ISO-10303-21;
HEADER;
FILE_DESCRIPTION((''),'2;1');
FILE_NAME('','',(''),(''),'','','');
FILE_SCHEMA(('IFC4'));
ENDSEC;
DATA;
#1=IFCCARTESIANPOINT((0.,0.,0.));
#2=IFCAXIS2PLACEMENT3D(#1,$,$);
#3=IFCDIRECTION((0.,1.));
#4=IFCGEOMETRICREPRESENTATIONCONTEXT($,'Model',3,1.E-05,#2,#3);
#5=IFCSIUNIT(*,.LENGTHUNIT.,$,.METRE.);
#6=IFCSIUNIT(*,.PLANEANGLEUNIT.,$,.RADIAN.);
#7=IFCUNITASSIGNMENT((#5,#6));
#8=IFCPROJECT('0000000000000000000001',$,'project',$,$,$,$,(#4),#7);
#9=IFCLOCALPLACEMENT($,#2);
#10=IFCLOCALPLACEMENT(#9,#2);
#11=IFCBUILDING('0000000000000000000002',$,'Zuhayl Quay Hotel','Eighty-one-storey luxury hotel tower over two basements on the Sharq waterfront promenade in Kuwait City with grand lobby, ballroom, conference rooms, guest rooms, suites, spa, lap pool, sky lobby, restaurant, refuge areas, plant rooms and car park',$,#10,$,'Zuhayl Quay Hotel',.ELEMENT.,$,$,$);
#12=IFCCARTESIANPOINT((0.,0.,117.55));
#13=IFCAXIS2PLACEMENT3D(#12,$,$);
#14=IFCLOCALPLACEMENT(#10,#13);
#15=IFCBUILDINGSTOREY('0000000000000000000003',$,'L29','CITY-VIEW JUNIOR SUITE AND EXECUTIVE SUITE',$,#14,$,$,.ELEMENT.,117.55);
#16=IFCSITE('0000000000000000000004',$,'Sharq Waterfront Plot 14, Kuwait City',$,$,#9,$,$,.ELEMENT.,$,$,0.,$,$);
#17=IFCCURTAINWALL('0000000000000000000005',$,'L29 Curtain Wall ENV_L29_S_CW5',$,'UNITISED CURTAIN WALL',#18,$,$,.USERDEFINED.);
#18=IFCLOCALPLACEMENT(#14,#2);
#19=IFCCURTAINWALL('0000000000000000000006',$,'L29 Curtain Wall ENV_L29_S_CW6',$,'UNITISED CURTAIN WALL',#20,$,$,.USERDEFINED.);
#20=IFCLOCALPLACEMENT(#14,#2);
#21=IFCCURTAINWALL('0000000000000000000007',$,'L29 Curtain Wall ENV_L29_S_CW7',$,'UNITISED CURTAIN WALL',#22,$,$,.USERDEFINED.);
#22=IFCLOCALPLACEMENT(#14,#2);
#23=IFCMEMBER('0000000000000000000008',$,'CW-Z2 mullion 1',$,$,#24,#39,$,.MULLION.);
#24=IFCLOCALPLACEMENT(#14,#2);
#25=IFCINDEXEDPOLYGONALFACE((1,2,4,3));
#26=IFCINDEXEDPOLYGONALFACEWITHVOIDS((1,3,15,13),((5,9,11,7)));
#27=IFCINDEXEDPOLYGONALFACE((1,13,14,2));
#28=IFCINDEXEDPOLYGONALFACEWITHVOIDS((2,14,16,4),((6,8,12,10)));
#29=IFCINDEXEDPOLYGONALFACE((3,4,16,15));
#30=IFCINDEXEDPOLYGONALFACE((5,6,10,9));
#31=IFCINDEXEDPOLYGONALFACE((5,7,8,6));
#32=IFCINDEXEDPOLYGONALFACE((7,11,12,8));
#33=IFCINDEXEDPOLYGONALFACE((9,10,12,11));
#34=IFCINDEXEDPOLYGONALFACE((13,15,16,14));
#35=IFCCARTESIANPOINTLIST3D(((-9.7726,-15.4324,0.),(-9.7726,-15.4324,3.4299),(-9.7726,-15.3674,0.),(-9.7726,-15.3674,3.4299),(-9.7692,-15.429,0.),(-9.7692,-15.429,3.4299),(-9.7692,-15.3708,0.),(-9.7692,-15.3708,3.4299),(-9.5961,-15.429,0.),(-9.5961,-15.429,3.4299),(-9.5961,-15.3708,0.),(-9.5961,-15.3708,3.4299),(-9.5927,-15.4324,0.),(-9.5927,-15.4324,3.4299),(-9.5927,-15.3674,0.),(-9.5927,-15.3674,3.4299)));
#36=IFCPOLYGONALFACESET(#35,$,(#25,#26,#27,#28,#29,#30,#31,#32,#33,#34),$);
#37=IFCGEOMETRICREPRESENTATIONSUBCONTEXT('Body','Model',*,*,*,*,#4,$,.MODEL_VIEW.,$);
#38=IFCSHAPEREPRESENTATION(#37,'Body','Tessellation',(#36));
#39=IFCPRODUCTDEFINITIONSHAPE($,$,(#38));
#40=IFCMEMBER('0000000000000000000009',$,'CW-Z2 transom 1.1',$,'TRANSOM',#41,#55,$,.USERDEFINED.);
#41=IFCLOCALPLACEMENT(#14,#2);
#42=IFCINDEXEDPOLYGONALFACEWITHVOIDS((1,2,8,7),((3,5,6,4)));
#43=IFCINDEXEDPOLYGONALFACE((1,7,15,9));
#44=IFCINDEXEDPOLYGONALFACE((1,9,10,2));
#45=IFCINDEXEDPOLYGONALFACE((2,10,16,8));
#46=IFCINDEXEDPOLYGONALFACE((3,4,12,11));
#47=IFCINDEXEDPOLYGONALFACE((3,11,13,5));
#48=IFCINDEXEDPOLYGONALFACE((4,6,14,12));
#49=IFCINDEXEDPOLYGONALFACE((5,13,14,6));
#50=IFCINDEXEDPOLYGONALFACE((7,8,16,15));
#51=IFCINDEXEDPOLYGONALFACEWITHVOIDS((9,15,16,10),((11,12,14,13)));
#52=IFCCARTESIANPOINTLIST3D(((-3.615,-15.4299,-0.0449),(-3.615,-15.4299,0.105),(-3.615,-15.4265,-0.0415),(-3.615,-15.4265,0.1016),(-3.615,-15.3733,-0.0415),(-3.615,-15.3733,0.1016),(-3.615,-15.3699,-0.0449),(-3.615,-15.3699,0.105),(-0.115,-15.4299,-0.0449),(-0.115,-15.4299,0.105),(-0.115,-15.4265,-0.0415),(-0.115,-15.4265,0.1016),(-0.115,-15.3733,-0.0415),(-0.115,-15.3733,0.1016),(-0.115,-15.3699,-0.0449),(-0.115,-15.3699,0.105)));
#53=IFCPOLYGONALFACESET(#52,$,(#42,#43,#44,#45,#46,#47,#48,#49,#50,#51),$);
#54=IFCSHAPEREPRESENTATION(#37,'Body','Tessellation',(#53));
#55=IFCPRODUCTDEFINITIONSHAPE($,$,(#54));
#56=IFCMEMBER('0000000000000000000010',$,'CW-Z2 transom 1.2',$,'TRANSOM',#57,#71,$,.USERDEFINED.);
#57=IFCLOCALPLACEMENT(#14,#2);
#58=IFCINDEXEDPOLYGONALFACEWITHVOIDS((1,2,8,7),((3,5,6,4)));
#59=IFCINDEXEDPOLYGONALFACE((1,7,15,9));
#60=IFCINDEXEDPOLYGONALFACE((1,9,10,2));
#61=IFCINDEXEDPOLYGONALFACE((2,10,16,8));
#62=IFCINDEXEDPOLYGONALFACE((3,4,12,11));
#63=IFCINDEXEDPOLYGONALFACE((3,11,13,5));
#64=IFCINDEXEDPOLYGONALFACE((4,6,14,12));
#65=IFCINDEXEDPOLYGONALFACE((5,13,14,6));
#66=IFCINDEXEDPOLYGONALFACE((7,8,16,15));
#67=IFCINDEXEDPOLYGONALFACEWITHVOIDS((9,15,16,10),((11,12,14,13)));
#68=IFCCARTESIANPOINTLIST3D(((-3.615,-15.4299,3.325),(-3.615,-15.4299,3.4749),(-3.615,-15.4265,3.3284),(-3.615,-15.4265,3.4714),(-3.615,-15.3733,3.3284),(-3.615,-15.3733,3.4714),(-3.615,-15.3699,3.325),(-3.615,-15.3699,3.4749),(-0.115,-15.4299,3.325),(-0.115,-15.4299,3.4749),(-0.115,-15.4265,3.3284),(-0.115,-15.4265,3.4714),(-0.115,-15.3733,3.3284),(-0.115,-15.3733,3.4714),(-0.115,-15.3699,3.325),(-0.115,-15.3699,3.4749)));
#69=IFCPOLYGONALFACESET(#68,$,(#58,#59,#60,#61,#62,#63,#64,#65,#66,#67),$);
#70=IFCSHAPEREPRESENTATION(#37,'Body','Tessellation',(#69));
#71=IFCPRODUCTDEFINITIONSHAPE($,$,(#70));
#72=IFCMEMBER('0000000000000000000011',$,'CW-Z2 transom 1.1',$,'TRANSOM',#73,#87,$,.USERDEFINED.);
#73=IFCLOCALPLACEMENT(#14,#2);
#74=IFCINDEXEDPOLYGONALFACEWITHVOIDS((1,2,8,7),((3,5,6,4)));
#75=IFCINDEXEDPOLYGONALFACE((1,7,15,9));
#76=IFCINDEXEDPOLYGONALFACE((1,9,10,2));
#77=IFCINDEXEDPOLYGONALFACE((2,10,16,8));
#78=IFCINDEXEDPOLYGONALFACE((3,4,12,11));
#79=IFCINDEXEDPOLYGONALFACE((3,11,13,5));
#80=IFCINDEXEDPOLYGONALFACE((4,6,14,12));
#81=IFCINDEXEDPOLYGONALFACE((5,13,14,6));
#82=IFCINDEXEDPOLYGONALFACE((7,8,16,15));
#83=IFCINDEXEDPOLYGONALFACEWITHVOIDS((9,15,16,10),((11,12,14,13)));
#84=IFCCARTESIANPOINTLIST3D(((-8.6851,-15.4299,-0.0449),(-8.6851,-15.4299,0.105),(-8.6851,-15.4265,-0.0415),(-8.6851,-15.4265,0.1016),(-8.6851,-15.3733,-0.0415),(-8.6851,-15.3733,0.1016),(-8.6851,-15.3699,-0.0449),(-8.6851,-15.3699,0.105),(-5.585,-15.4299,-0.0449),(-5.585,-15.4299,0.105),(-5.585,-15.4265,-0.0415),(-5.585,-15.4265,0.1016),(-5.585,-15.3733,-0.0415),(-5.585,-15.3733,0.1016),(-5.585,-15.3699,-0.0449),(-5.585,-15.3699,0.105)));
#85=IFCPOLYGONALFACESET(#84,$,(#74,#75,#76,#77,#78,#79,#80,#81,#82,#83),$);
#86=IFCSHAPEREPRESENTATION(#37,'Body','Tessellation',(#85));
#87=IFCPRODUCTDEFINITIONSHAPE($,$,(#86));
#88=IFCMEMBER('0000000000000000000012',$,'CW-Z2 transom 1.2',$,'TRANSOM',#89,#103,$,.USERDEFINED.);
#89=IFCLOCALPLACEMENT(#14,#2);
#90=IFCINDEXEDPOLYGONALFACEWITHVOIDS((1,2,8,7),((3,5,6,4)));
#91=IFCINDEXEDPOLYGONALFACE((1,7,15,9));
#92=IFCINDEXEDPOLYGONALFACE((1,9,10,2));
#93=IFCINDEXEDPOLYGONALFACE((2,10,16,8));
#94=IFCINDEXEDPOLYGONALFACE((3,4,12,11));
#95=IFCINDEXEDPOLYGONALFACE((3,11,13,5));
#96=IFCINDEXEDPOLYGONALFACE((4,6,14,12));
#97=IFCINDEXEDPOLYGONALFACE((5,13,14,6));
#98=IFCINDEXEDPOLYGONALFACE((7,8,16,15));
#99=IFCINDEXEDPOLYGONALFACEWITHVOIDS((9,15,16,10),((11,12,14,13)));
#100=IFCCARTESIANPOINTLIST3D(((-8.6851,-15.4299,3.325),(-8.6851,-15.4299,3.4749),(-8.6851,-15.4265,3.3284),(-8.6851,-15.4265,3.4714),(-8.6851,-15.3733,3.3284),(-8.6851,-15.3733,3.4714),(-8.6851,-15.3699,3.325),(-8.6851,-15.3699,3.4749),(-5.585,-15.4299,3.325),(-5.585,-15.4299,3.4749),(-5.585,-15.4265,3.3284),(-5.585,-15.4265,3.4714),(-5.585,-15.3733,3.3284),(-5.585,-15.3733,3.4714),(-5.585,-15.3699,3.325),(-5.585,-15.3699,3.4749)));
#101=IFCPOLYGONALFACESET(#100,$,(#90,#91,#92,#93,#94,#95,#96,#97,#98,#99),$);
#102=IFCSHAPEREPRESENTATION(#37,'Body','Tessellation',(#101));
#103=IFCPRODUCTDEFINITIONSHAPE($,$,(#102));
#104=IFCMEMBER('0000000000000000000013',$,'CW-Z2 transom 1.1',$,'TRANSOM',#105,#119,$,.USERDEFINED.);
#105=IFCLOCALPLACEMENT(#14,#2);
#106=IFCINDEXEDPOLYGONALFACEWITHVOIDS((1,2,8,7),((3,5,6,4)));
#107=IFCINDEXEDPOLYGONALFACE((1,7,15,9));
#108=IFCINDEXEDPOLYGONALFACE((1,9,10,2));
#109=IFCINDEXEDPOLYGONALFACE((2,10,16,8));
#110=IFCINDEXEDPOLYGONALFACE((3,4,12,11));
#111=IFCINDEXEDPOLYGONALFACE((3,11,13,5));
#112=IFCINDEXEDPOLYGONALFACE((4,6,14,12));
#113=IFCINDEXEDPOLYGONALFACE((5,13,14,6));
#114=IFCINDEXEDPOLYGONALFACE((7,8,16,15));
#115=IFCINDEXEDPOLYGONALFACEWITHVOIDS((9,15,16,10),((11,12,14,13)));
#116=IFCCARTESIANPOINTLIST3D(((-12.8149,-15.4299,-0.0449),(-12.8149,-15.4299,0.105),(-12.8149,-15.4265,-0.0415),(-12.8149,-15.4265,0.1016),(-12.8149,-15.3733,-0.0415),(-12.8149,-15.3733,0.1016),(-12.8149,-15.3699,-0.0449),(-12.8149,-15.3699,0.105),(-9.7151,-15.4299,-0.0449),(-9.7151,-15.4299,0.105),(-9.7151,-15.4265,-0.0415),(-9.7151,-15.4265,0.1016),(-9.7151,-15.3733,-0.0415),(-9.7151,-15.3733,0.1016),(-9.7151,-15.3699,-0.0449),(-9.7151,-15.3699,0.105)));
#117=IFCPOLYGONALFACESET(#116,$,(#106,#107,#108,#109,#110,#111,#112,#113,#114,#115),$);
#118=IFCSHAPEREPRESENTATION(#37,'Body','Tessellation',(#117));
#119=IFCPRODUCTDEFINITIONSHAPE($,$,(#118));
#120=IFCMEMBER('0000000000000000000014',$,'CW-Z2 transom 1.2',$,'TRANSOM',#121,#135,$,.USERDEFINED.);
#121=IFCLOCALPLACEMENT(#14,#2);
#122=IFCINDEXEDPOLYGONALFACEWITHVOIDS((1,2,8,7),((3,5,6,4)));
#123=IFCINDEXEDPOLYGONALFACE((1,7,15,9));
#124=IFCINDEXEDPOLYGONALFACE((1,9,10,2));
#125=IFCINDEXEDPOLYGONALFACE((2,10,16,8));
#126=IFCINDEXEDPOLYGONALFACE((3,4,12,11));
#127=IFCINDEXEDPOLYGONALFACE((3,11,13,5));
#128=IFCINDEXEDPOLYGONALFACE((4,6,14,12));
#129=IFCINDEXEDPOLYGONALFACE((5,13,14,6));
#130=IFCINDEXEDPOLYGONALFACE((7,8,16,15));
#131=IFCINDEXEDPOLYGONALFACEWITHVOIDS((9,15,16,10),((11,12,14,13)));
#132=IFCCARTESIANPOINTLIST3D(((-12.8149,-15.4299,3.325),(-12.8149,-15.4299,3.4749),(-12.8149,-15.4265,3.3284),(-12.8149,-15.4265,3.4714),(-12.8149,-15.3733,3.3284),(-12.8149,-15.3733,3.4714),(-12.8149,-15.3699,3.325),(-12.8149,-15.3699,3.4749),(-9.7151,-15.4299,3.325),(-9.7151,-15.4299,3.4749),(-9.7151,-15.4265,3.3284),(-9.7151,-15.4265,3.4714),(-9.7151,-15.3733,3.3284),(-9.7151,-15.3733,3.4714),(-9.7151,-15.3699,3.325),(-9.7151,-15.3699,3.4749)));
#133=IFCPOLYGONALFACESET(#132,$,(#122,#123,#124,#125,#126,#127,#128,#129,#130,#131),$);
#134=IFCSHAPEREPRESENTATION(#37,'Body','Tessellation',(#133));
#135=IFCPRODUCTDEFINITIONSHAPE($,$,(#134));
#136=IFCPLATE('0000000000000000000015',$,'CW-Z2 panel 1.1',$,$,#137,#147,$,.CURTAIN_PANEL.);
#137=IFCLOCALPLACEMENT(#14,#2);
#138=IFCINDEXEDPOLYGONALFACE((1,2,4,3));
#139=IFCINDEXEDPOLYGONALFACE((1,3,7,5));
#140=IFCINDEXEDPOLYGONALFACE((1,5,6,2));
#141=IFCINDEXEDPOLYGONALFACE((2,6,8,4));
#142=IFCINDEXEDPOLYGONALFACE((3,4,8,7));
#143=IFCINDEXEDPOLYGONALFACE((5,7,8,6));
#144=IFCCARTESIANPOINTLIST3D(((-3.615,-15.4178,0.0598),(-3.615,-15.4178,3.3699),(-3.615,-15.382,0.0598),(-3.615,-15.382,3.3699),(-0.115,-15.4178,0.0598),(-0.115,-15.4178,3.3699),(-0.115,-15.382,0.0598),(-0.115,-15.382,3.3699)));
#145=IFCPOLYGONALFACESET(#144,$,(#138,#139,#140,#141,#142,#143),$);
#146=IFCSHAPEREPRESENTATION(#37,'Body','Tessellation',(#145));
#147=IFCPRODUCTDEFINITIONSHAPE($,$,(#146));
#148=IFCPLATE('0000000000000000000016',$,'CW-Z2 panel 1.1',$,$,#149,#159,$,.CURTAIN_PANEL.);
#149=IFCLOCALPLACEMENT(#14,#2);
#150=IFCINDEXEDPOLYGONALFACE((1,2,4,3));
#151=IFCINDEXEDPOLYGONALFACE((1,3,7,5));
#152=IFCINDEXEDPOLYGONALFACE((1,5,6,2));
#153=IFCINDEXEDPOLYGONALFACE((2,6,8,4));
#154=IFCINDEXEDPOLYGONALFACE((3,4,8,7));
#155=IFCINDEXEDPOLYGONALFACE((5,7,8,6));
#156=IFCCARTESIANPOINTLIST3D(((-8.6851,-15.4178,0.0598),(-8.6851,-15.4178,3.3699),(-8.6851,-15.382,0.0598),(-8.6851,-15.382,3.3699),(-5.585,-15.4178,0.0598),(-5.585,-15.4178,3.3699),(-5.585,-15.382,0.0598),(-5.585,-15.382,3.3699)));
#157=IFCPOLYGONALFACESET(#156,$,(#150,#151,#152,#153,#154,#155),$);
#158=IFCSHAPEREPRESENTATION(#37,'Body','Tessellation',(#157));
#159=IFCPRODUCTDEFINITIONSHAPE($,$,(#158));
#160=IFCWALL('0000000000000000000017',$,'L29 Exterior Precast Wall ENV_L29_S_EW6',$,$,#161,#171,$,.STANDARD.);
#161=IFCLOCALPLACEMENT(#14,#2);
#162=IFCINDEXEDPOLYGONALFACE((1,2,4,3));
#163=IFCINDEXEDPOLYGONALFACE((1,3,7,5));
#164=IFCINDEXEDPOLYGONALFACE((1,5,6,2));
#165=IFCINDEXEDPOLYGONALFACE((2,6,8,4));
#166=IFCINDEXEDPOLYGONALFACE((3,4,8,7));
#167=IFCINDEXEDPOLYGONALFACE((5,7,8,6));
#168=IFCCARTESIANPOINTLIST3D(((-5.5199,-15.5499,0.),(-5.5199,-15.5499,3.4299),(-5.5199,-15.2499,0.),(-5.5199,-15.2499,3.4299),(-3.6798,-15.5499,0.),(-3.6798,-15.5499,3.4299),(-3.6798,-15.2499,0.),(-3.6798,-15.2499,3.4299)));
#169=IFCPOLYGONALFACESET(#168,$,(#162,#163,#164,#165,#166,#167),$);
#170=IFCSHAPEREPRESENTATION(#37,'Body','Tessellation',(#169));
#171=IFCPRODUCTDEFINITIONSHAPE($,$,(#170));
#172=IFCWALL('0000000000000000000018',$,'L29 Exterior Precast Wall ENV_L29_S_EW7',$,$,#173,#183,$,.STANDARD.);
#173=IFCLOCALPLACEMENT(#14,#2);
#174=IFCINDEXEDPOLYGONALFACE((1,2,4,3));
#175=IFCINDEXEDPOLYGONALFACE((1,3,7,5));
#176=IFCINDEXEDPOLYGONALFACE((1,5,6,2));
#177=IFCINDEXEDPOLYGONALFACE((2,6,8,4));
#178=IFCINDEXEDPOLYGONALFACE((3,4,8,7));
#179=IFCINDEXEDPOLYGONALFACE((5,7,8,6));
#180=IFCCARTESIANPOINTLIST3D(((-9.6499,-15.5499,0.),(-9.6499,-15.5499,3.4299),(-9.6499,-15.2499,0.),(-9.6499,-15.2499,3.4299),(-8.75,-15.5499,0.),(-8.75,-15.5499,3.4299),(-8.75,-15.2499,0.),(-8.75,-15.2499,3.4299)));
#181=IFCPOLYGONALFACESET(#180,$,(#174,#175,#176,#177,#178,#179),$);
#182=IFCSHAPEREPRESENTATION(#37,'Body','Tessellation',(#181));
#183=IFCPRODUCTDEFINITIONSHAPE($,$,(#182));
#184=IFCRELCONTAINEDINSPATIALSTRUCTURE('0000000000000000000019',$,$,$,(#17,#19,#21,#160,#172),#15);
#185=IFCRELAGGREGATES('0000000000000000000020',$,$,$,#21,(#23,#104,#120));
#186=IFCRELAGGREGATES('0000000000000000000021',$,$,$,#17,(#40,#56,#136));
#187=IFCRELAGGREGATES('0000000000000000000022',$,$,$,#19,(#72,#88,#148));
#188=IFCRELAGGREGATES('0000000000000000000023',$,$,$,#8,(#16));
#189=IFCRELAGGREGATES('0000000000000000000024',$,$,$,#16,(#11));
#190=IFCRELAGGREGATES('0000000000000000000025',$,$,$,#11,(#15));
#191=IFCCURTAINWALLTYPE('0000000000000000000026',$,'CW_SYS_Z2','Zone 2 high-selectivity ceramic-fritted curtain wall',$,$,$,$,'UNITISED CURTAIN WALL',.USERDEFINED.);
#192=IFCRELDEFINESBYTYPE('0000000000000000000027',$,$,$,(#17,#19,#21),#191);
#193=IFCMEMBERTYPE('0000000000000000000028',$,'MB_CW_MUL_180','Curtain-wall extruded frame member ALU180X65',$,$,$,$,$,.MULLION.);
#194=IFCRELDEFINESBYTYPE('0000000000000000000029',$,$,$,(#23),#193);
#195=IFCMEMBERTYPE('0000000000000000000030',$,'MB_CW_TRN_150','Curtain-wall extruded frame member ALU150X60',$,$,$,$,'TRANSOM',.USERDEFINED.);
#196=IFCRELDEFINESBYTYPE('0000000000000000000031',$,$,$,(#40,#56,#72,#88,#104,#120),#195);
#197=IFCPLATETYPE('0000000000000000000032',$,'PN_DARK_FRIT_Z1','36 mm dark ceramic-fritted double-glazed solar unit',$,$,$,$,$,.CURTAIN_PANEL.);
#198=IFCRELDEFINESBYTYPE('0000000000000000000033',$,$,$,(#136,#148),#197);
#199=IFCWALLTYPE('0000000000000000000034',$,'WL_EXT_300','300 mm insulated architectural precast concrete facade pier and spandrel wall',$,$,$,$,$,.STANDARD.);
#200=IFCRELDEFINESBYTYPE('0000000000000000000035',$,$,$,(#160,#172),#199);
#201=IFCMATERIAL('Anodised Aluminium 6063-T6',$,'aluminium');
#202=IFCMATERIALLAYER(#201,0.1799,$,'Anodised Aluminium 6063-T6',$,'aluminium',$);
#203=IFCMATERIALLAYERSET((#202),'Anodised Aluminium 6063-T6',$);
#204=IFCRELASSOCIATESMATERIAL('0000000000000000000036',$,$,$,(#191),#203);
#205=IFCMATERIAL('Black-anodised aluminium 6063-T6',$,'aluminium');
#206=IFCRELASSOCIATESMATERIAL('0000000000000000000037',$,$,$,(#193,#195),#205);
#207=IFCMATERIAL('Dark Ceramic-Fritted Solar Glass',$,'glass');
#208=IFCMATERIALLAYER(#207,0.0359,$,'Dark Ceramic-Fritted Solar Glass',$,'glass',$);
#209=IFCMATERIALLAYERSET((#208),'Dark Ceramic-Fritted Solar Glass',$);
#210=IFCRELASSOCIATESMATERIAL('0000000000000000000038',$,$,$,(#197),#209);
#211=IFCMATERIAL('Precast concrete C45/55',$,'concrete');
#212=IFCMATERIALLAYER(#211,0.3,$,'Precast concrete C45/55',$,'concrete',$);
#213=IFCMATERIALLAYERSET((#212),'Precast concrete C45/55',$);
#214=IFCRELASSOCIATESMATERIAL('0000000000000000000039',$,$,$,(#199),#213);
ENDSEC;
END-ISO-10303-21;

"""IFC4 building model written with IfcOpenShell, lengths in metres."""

from ifc_helpers import new_model, si_unit, direction, frame, frame_2d, origin, origin_2d, place, context, subcontext, project, spatial, rectangle, hollow_rectangle, extrude, material, layer, layer_set, material_profile, profile_set, type_object, element, aggregate, save


model = new_model("IFC4")

# Units and contexts
model_context = context("Model", 3, precision=1e-05, world=origin(), true_north=direction((0.0, 1.0)))
body_context = subcontext(model_context, "Body", "Model", "MODEL_VIEW")
ifc_project = project(units=[si_unit("LENGTHUNIT", "METRE"), si_unit("PLANEANGLEUNIT", "RADIAN")], contexts=[model_context])

# Site, building, storey
site_placement = place(None, origin())
site = spatial("IfcSite", under=ifc_project, at=site_placement, Name="Sharq Waterfront Plot 14, Kuwait City", CompositionType="ELEMENT", RefElevation=0.0)
building_placement = place(site_placement, origin())
building = spatial("IfcBuilding", under=site, at=building_placement, Name="Zuhayl Quay Hotel", Description="Eighty-one-storey luxury hotel tower over two basements on the Sharq waterfront promenade in Kuwait City with grand lobby, ballroom, conference rooms, guest rooms, suites, spa, lap pool, sky lobby, restaurant, refuge areas, plant rooms and car park", LongName="Zuhayl Quay Hotel", CompositionType="ELEMENT")
storey_placement = place(building_placement, frame((0.0, 0.0, 117.55)))
storey = spatial("IfcBuildingStorey", under=building, at=storey_placement, Name="L29", Description="CITY-VIEW JUNIOR SUITE AND EXECUTIVE SUITE", CompositionType="ELEMENT", Elevation=117.55)

# Curtain walls
ifc_material_1 = material(Name="Anodised Aluminium 6063-T6", Category="aluminium")
ifc_layer_1 = layer(ifc_material_1, 0.1799, Name="Anodised Aluminium 6063-T6", Category="aluminium")
ifc_layer_set_1 = layer_set([ifc_layer_1], Name="Anodised Aluminium 6063-T6")
curtain_wall_type = type_object("IfcCurtainWallType", Name="CW_SYS_Z2", Description="Zone 2 high-selectivity ceramic-fritted curtain wall", ElementType="UNITISED CURTAIN WALL", PredefinedType="USERDEFINED", material=ifc_layer_set_1)
curtain_wall_1_placement = place(storey_placement, origin())
curtain_wall_1 = element("IfcCurtainWall", 1, at=curtain_wall_1_placement, inside=storey, type_object=curtain_wall_type, Name="L29 Curtain Wall ENV_L29_S_CW5", ObjectType="UNITISED CURTAIN WALL", PredefinedType="USERDEFINED")
ifc_material_2 = material(Name="Black-anodised aluminium 6063-T6", Category="aluminium")
ifc_material_profile_1 = material_profile(ifc_material_2, hollow_rectangle(XDim=0.0649, YDim=0.1799, WallThickness=0.0034, at=origin_2d()), Name="ALU180X65")
ifc_profile_set_1 = profile_set([ifc_material_profile_1], Name="Black-anodised aluminium 6063-T6")
member_type_1 = type_object("IfcMemberType", Name="MB_CW_MUL_180", Description="Curtain-wall extruded frame member ALU180X65", PredefinedType="MULLION", material=ifc_profile_set_1)
curtain_wall_2_placement = place(storey_placement, origin())
curtain_wall_2 = element("IfcCurtainWall", 2, at=curtain_wall_2_placement, inside=storey, type_object=curtain_wall_type, Name="L29 Curtain Wall ENV_L29_S_CW6", ObjectType="UNITISED CURTAIN WALL", PredefinedType="USERDEFINED")

# Curtain wall, member
curtain_wall_3_placement = place(storey_placement, origin())
curtain_wall_3 = element("IfcCurtainWall", 3, at=curtain_wall_3_placement, inside=storey, type_object=curtain_wall_type, Name="L29 Curtain Wall ENV_L29_S_CW7", ObjectType="UNITISED CURTAIN WALL", PredefinedType="USERDEFINED")
member_1_placement = place(storey_placement, frame((-9.6826, -15.3999, 0.0), z_axis=(0.0, 0.0, 1.0), x_axis=(0.0, -1.0, 0.0)))
member_1 = element("IfcMember", 4, at=member_1_placement, type_object=member_type_1, Name="CW-Z2 mullion 1", PredefinedType="MULLION", context=body_context, shape_type="SweptSolid", body=[
    extrude(hollow_rectangle(XDim=0.0649, YDim=0.1799, WallThickness=0.0034, at=origin_2d()), origin(), (0.0, 0.0, 1.0), 3.4299),
])

# Members
ifc_material_profile_2 = material_profile(ifc_material_2, hollow_rectangle(XDim=0.0601, YDim=0.1499, WallThickness=0.0034, at=origin_2d()), Name="ALU150X60")
ifc_profile_set_2 = profile_set([ifc_material_profile_2], Name="Black-anodised aluminium 6063-T6")
member_type_2 = type_object("IfcMemberType", Name="MB_CW_TRN_150", Description="Curtain-wall extruded frame member ALU150X60", ElementType="TRANSOM", PredefinedType="USERDEFINED", material=ifc_profile_set_2)
member_2_placement = place(storey_placement, frame((-0.115, -15.3999, 0.03), z_axis=(-1.0, 0.0, 0.0), x_axis=(0.0, -1.0, 0.0)))
member_2 = element("IfcMember", 5, at=member_2_placement, type_object=member_type_2, Name="CW-Z2 transom 1.1", ObjectType="TRANSOM", PredefinedType="USERDEFINED", context=body_context, shape_type="SweptSolid", body=[
    extrude(hollow_rectangle(XDim=0.0601, YDim=0.1499, WallThickness=0.0034, at=origin_2d()), origin(), (0.0, 0.0, 1.0), 3.5),
])
member_3_placement = place(storey_placement, frame((-0.115, -15.3999, 3.3999), z_axis=(-1.0, 0.0, 0.0), x_axis=(0.0, -1.0, 0.0)))
member_3 = element("IfcMember", 6, at=member_3_placement, type_object=member_type_2, Name="CW-Z2 transom 1.2", ObjectType="TRANSOM", PredefinedType="USERDEFINED", context=body_context, shape_type="SweptSolid", body=[
    extrude(hollow_rectangle(XDim=0.0601, YDim=0.1499, WallThickness=0.0034, at=origin_2d()), origin(), (0.0, 0.0, 1.0), 3.5),
])
member_4_placement = place(storey_placement, frame((-5.585, -15.3999, 0.03), z_axis=(-1.0, 0.0, 0.0), x_axis=(0.0, -1.0, 0.0)))
member_4 = element("IfcMember", 7, at=member_4_placement, type_object=member_type_2, Name="CW-Z2 transom 1.1", ObjectType="TRANSOM", PredefinedType="USERDEFINED", context=body_context, shape_type="SweptSolid", body=[
    extrude(hollow_rectangle(XDim=0.0601, YDim=0.1499, WallThickness=0.0034, at=origin_2d()), origin(), (0.0, 0.0, 1.0), 3.1001),
])
member_5_placement = place(storey_placement, frame((-5.585, -15.3999, 3.3999), z_axis=(-1.0, 0.0, 0.0), x_axis=(0.0, -1.0, 0.0)))
member_5 = element("IfcMember", 8, at=member_5_placement, type_object=member_type_2, Name="CW-Z2 transom 1.2", ObjectType="TRANSOM", PredefinedType="USERDEFINED", context=body_context, shape_type="SweptSolid", body=[
    extrude(hollow_rectangle(XDim=0.0601, YDim=0.1499, WallThickness=0.0034, at=origin_2d()), origin(), (0.0, 0.0, 1.0), 3.1001),
])
member_6_placement = place(storey_placement, frame((-9.7151, -15.3999, 0.03), z_axis=(-1.0, 0.0, 0.0), x_axis=(0.0, -1.0, 0.0)))
member_6 = element("IfcMember", 9, at=member_6_placement, type_object=member_type_2, Name="CW-Z2 transom 1.1", ObjectType="TRANSOM", PredefinedType="USERDEFINED", context=body_context, shape_type="SweptSolid", body=[
    extrude(hollow_rectangle(XDim=0.0601, YDim=0.1499, WallThickness=0.0034, at=origin_2d()), origin(), (0.0, 0.0, 1.0), 3.0999),
])
member_7_placement = place(storey_placement, frame((-9.7151, -15.3999, 3.3999), z_axis=(-1.0, 0.0, 0.0), x_axis=(0.0, -1.0, 0.0)))
member_7 = element("IfcMember", 10, at=member_7_placement, type_object=member_type_2, Name="CW-Z2 transom 1.2", ObjectType="TRANSOM", PredefinedType="USERDEFINED", context=body_context, shape_type="SweptSolid", body=[
    extrude(hollow_rectangle(XDim=0.0601, YDim=0.1499, WallThickness=0.0034, at=origin_2d()), origin(), (0.0, 0.0, 1.0), 3.0999),
])
aggregate(curtain_wall_3, [member_1, member_6, member_7])

# Plates
ifc_material_3 = material(Name="Dark Ceramic-Fritted Solar Glass", Category="glass")
ifc_layer_2 = layer(ifc_material_3, 0.0359, Name="Dark Ceramic-Fritted Solar Glass", Category="glass")
ifc_layer_set_2 = layer_set([ifc_layer_2], Name="Dark Ceramic-Fritted Solar Glass")
plate_type = type_object("IfcPlateType", Name="PN_DARK_FRIT_Z1", Description="36 mm dark ceramic-fritted double-glazed solar unit", PredefinedType="CURTAIN_PANEL", material=ifc_layer_set_2)
plate_1_placement = place(storey_placement, frame((-1.865, -15.3999, 0.0598), z_axis=(0.0, 0.0, 1.0), x_axis=(-1.0, 0.0, 0.0)))
plate_1 = element("IfcPlate", 11, at=plate_1_placement, type_object=plate_type, Name="CW-Z2 panel 1.1", PredefinedType="CURTAIN_PANEL", context=body_context, shape_type="SweptSolid", body=[
    extrude(rectangle(XDim=3.5, YDim=0.0359, at=origin_2d()), origin(), (0.0, 0.0, 1.0), 3.3101),
])
aggregate(curtain_wall_1, [member_2, member_3, plate_1])
plate_2_placement = place(storey_placement, frame((-7.135, -15.3999, 0.0598), z_axis=(0.0, 0.0, 1.0), x_axis=(-1.0, 0.0, 0.0)))
plate_2 = element("IfcPlate", 12, at=plate_2_placement, type_object=plate_type, Name="CW-Z2 panel 1.1", PredefinedType="CURTAIN_PANEL", context=body_context, shape_type="SweptSolid", body=[
    extrude(rectangle(XDim=3.1001, YDim=0.0359, at=origin_2d()), origin(), (0.0, 0.0, 1.0), 3.3101),
])
aggregate(curtain_wall_2, [member_4, member_5, plate_2])

# Walls
ifc_material_4 = material(Name="Precast concrete C45/55", Category="concrete")
ifc_layer_3 = layer(ifc_material_4, 0.3, Name="Precast concrete C45/55", Category="concrete")
ifc_layer_set_3 = layer_set([ifc_layer_3], Name="Precast concrete C45/55")
wall_type_1 = type_object("IfcWallType", Name="WL_EXT_300", Description="300 mm insulated architectural precast concrete facade pier and spandrel wall", PredefinedType="STANDARD", material=ifc_layer_set_3)
wall_1_placement = place(storey_placement, frame((-3.6799, -15.3999, 0.0), z_axis=(0.0, 0.0, 1.0), x_axis=(-1.0, 0.0, 0.0)))
element("IfcWall", 13, at=wall_1_placement, inside=storey, type_object=wall_type_1, Name="L29 Exterior Precast Wall ENV_L29_S_EW6", PredefinedType="STANDARD", context=body_context, shape_type="SweptSolid", body=[
    extrude(rectangle(XDim=1.8401, YDim=0.3, at=frame_2d((0.9199, 0.0))), origin(), (0.0, 0.0, 1.0), 3.4299),
])
wall_2_placement = place(storey_placement, frame((-8.75, -15.3999, 0.0), z_axis=(0.0, 0.0, 1.0), x_axis=(-1.0, 0.0, 0.0)))
element("IfcWall", 14, at=wall_2_placement, inside=storey, type_object=wall_type_1, Name="L29 Exterior Precast Wall ENV_L29_S_EW7", PredefinedType="STANDARD", context=body_context, shape_type="SweptSolid", body=[
    extrude(rectangle(XDim=0.8999, YDim=0.3, at=frame_2d((0.45, 0.0))), origin(), (0.0, 0.0, 1.0), 3.4299),
])

save(model, "model.ifc")
